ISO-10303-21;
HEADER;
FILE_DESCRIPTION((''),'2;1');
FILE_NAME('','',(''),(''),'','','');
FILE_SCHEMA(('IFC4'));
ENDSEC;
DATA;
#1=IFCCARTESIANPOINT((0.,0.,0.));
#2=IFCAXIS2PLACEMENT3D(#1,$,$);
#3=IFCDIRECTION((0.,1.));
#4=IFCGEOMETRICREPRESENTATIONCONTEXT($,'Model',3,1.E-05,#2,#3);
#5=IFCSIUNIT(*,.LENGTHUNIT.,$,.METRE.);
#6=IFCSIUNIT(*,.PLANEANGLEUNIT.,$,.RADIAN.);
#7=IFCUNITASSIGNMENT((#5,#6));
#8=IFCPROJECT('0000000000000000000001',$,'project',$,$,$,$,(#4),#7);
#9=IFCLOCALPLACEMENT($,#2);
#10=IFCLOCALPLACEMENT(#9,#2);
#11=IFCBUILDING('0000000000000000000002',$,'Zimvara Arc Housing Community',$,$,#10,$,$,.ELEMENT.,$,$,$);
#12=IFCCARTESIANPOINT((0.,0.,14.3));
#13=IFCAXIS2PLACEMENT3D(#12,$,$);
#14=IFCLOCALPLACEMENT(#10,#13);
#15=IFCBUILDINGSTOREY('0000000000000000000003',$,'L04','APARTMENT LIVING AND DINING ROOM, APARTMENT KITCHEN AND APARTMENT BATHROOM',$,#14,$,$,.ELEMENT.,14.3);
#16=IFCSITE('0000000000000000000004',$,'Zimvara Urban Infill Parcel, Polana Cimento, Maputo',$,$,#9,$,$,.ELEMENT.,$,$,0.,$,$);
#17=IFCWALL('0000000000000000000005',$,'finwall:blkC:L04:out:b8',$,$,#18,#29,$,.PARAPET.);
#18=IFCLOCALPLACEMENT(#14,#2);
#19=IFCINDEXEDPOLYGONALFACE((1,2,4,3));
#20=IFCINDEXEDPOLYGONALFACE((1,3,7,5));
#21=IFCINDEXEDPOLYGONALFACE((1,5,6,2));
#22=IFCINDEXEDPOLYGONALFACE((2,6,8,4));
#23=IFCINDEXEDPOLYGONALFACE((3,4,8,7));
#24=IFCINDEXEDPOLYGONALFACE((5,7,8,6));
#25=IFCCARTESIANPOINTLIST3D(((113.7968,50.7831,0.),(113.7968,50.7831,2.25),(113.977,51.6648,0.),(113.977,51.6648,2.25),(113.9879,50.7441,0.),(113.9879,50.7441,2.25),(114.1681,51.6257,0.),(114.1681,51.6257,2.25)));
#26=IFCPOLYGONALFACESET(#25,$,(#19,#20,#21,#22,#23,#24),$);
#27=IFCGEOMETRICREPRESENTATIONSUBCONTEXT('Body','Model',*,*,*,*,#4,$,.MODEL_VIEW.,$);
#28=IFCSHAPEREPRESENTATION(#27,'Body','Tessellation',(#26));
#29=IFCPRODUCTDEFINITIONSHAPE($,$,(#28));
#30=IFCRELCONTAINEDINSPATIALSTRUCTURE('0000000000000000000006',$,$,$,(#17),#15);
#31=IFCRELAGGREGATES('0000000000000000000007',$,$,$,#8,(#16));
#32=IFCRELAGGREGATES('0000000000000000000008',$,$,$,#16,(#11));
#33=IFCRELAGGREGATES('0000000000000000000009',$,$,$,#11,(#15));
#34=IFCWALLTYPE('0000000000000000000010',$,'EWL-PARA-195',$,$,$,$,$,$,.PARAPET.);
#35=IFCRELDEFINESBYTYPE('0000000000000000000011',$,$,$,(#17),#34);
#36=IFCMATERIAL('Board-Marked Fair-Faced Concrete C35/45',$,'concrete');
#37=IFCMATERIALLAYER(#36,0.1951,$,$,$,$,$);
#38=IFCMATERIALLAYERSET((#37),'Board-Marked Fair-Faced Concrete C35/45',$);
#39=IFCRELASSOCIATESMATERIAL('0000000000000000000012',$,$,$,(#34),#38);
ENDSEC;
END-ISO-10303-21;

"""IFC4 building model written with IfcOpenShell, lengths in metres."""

from ifc_helpers import new_model, si_unit, direction, frame, frame_2d, origin, place, context, subcontext, project, spatial, rectangle, extrude, material, layer, layer_set, type_object, element, save


model = new_model("IFC4")

# Units and contexts
model_context = context("Model", 3, precision=1e-05, world=origin(), true_north=direction((0.0, 1.0)))
body_context = subcontext(model_context, "Body", "Model", "MODEL_VIEW")
ifc_project = project(units=[si_unit("LENGTHUNIT", "METRE"), si_unit("PLANEANGLEUNIT", "RADIAN")], contexts=[model_context])

# Site, building, storey
site_placement = place(None, origin())
site = spatial("IfcSite", under=ifc_project, at=site_placement, Name="Zimvara Urban Infill Parcel, Polana Cimento, Maputo", CompositionType="ELEMENT", RefElevation=0.0)
building_placement = place(site_placement, origin())
building = spatial("IfcBuilding", under=site, at=building_placement, Name="Zimvara Arc Housing Community", CompositionType="ELEMENT")
storey_placement = place(building_placement, frame((0.0, 0.0, 14.3)))
storey = spatial("IfcBuildingStorey", under=building, at=storey_placement, Name="L04", Description="APARTMENT LIVING AND DINING ROOM, APARTMENT KITCHEN AND APARTMENT BATHROOM", CompositionType="ELEMENT", Elevation=14.3)

# Wall
ifc_material_1 = material(Name="Board-Marked Fair-Faced Concrete C35/45", Category="concrete")
ifc_layer_1 = layer(ifc_material_1, 0.1951)
ifc_layer_set_1 = layer_set([ifc_layer_1], Name="Board-Marked Fair-Faced Concrete C35/45")
wall_type = type_object("IfcWallType", Name="EWL-PARA-195", PredefinedType="PARAPET", material=ifc_layer_set_1)
wall_placement = place(storey_placement, frame((114.0725, 51.6453, 0.0), z_axis=(0.0, 0.0, 1.0), x_axis=(-0.200236, -0.979748, 0.0)))
element("IfcWall", 1, at=wall_placement, inside=storey, type_object=wall_type, Name="finwall:blkC:L04:out:b8", PredefinedType="PARAPET", context=body_context, shape_type="SweptSolid", body=[
    extrude(rectangle(XDim=0.8999, YDim=0.1951, at=frame_2d((0.45, 0.0))), origin(), (0.0, 0.0, 1.0), 2.25),
])

save(model, "model.ifc")
